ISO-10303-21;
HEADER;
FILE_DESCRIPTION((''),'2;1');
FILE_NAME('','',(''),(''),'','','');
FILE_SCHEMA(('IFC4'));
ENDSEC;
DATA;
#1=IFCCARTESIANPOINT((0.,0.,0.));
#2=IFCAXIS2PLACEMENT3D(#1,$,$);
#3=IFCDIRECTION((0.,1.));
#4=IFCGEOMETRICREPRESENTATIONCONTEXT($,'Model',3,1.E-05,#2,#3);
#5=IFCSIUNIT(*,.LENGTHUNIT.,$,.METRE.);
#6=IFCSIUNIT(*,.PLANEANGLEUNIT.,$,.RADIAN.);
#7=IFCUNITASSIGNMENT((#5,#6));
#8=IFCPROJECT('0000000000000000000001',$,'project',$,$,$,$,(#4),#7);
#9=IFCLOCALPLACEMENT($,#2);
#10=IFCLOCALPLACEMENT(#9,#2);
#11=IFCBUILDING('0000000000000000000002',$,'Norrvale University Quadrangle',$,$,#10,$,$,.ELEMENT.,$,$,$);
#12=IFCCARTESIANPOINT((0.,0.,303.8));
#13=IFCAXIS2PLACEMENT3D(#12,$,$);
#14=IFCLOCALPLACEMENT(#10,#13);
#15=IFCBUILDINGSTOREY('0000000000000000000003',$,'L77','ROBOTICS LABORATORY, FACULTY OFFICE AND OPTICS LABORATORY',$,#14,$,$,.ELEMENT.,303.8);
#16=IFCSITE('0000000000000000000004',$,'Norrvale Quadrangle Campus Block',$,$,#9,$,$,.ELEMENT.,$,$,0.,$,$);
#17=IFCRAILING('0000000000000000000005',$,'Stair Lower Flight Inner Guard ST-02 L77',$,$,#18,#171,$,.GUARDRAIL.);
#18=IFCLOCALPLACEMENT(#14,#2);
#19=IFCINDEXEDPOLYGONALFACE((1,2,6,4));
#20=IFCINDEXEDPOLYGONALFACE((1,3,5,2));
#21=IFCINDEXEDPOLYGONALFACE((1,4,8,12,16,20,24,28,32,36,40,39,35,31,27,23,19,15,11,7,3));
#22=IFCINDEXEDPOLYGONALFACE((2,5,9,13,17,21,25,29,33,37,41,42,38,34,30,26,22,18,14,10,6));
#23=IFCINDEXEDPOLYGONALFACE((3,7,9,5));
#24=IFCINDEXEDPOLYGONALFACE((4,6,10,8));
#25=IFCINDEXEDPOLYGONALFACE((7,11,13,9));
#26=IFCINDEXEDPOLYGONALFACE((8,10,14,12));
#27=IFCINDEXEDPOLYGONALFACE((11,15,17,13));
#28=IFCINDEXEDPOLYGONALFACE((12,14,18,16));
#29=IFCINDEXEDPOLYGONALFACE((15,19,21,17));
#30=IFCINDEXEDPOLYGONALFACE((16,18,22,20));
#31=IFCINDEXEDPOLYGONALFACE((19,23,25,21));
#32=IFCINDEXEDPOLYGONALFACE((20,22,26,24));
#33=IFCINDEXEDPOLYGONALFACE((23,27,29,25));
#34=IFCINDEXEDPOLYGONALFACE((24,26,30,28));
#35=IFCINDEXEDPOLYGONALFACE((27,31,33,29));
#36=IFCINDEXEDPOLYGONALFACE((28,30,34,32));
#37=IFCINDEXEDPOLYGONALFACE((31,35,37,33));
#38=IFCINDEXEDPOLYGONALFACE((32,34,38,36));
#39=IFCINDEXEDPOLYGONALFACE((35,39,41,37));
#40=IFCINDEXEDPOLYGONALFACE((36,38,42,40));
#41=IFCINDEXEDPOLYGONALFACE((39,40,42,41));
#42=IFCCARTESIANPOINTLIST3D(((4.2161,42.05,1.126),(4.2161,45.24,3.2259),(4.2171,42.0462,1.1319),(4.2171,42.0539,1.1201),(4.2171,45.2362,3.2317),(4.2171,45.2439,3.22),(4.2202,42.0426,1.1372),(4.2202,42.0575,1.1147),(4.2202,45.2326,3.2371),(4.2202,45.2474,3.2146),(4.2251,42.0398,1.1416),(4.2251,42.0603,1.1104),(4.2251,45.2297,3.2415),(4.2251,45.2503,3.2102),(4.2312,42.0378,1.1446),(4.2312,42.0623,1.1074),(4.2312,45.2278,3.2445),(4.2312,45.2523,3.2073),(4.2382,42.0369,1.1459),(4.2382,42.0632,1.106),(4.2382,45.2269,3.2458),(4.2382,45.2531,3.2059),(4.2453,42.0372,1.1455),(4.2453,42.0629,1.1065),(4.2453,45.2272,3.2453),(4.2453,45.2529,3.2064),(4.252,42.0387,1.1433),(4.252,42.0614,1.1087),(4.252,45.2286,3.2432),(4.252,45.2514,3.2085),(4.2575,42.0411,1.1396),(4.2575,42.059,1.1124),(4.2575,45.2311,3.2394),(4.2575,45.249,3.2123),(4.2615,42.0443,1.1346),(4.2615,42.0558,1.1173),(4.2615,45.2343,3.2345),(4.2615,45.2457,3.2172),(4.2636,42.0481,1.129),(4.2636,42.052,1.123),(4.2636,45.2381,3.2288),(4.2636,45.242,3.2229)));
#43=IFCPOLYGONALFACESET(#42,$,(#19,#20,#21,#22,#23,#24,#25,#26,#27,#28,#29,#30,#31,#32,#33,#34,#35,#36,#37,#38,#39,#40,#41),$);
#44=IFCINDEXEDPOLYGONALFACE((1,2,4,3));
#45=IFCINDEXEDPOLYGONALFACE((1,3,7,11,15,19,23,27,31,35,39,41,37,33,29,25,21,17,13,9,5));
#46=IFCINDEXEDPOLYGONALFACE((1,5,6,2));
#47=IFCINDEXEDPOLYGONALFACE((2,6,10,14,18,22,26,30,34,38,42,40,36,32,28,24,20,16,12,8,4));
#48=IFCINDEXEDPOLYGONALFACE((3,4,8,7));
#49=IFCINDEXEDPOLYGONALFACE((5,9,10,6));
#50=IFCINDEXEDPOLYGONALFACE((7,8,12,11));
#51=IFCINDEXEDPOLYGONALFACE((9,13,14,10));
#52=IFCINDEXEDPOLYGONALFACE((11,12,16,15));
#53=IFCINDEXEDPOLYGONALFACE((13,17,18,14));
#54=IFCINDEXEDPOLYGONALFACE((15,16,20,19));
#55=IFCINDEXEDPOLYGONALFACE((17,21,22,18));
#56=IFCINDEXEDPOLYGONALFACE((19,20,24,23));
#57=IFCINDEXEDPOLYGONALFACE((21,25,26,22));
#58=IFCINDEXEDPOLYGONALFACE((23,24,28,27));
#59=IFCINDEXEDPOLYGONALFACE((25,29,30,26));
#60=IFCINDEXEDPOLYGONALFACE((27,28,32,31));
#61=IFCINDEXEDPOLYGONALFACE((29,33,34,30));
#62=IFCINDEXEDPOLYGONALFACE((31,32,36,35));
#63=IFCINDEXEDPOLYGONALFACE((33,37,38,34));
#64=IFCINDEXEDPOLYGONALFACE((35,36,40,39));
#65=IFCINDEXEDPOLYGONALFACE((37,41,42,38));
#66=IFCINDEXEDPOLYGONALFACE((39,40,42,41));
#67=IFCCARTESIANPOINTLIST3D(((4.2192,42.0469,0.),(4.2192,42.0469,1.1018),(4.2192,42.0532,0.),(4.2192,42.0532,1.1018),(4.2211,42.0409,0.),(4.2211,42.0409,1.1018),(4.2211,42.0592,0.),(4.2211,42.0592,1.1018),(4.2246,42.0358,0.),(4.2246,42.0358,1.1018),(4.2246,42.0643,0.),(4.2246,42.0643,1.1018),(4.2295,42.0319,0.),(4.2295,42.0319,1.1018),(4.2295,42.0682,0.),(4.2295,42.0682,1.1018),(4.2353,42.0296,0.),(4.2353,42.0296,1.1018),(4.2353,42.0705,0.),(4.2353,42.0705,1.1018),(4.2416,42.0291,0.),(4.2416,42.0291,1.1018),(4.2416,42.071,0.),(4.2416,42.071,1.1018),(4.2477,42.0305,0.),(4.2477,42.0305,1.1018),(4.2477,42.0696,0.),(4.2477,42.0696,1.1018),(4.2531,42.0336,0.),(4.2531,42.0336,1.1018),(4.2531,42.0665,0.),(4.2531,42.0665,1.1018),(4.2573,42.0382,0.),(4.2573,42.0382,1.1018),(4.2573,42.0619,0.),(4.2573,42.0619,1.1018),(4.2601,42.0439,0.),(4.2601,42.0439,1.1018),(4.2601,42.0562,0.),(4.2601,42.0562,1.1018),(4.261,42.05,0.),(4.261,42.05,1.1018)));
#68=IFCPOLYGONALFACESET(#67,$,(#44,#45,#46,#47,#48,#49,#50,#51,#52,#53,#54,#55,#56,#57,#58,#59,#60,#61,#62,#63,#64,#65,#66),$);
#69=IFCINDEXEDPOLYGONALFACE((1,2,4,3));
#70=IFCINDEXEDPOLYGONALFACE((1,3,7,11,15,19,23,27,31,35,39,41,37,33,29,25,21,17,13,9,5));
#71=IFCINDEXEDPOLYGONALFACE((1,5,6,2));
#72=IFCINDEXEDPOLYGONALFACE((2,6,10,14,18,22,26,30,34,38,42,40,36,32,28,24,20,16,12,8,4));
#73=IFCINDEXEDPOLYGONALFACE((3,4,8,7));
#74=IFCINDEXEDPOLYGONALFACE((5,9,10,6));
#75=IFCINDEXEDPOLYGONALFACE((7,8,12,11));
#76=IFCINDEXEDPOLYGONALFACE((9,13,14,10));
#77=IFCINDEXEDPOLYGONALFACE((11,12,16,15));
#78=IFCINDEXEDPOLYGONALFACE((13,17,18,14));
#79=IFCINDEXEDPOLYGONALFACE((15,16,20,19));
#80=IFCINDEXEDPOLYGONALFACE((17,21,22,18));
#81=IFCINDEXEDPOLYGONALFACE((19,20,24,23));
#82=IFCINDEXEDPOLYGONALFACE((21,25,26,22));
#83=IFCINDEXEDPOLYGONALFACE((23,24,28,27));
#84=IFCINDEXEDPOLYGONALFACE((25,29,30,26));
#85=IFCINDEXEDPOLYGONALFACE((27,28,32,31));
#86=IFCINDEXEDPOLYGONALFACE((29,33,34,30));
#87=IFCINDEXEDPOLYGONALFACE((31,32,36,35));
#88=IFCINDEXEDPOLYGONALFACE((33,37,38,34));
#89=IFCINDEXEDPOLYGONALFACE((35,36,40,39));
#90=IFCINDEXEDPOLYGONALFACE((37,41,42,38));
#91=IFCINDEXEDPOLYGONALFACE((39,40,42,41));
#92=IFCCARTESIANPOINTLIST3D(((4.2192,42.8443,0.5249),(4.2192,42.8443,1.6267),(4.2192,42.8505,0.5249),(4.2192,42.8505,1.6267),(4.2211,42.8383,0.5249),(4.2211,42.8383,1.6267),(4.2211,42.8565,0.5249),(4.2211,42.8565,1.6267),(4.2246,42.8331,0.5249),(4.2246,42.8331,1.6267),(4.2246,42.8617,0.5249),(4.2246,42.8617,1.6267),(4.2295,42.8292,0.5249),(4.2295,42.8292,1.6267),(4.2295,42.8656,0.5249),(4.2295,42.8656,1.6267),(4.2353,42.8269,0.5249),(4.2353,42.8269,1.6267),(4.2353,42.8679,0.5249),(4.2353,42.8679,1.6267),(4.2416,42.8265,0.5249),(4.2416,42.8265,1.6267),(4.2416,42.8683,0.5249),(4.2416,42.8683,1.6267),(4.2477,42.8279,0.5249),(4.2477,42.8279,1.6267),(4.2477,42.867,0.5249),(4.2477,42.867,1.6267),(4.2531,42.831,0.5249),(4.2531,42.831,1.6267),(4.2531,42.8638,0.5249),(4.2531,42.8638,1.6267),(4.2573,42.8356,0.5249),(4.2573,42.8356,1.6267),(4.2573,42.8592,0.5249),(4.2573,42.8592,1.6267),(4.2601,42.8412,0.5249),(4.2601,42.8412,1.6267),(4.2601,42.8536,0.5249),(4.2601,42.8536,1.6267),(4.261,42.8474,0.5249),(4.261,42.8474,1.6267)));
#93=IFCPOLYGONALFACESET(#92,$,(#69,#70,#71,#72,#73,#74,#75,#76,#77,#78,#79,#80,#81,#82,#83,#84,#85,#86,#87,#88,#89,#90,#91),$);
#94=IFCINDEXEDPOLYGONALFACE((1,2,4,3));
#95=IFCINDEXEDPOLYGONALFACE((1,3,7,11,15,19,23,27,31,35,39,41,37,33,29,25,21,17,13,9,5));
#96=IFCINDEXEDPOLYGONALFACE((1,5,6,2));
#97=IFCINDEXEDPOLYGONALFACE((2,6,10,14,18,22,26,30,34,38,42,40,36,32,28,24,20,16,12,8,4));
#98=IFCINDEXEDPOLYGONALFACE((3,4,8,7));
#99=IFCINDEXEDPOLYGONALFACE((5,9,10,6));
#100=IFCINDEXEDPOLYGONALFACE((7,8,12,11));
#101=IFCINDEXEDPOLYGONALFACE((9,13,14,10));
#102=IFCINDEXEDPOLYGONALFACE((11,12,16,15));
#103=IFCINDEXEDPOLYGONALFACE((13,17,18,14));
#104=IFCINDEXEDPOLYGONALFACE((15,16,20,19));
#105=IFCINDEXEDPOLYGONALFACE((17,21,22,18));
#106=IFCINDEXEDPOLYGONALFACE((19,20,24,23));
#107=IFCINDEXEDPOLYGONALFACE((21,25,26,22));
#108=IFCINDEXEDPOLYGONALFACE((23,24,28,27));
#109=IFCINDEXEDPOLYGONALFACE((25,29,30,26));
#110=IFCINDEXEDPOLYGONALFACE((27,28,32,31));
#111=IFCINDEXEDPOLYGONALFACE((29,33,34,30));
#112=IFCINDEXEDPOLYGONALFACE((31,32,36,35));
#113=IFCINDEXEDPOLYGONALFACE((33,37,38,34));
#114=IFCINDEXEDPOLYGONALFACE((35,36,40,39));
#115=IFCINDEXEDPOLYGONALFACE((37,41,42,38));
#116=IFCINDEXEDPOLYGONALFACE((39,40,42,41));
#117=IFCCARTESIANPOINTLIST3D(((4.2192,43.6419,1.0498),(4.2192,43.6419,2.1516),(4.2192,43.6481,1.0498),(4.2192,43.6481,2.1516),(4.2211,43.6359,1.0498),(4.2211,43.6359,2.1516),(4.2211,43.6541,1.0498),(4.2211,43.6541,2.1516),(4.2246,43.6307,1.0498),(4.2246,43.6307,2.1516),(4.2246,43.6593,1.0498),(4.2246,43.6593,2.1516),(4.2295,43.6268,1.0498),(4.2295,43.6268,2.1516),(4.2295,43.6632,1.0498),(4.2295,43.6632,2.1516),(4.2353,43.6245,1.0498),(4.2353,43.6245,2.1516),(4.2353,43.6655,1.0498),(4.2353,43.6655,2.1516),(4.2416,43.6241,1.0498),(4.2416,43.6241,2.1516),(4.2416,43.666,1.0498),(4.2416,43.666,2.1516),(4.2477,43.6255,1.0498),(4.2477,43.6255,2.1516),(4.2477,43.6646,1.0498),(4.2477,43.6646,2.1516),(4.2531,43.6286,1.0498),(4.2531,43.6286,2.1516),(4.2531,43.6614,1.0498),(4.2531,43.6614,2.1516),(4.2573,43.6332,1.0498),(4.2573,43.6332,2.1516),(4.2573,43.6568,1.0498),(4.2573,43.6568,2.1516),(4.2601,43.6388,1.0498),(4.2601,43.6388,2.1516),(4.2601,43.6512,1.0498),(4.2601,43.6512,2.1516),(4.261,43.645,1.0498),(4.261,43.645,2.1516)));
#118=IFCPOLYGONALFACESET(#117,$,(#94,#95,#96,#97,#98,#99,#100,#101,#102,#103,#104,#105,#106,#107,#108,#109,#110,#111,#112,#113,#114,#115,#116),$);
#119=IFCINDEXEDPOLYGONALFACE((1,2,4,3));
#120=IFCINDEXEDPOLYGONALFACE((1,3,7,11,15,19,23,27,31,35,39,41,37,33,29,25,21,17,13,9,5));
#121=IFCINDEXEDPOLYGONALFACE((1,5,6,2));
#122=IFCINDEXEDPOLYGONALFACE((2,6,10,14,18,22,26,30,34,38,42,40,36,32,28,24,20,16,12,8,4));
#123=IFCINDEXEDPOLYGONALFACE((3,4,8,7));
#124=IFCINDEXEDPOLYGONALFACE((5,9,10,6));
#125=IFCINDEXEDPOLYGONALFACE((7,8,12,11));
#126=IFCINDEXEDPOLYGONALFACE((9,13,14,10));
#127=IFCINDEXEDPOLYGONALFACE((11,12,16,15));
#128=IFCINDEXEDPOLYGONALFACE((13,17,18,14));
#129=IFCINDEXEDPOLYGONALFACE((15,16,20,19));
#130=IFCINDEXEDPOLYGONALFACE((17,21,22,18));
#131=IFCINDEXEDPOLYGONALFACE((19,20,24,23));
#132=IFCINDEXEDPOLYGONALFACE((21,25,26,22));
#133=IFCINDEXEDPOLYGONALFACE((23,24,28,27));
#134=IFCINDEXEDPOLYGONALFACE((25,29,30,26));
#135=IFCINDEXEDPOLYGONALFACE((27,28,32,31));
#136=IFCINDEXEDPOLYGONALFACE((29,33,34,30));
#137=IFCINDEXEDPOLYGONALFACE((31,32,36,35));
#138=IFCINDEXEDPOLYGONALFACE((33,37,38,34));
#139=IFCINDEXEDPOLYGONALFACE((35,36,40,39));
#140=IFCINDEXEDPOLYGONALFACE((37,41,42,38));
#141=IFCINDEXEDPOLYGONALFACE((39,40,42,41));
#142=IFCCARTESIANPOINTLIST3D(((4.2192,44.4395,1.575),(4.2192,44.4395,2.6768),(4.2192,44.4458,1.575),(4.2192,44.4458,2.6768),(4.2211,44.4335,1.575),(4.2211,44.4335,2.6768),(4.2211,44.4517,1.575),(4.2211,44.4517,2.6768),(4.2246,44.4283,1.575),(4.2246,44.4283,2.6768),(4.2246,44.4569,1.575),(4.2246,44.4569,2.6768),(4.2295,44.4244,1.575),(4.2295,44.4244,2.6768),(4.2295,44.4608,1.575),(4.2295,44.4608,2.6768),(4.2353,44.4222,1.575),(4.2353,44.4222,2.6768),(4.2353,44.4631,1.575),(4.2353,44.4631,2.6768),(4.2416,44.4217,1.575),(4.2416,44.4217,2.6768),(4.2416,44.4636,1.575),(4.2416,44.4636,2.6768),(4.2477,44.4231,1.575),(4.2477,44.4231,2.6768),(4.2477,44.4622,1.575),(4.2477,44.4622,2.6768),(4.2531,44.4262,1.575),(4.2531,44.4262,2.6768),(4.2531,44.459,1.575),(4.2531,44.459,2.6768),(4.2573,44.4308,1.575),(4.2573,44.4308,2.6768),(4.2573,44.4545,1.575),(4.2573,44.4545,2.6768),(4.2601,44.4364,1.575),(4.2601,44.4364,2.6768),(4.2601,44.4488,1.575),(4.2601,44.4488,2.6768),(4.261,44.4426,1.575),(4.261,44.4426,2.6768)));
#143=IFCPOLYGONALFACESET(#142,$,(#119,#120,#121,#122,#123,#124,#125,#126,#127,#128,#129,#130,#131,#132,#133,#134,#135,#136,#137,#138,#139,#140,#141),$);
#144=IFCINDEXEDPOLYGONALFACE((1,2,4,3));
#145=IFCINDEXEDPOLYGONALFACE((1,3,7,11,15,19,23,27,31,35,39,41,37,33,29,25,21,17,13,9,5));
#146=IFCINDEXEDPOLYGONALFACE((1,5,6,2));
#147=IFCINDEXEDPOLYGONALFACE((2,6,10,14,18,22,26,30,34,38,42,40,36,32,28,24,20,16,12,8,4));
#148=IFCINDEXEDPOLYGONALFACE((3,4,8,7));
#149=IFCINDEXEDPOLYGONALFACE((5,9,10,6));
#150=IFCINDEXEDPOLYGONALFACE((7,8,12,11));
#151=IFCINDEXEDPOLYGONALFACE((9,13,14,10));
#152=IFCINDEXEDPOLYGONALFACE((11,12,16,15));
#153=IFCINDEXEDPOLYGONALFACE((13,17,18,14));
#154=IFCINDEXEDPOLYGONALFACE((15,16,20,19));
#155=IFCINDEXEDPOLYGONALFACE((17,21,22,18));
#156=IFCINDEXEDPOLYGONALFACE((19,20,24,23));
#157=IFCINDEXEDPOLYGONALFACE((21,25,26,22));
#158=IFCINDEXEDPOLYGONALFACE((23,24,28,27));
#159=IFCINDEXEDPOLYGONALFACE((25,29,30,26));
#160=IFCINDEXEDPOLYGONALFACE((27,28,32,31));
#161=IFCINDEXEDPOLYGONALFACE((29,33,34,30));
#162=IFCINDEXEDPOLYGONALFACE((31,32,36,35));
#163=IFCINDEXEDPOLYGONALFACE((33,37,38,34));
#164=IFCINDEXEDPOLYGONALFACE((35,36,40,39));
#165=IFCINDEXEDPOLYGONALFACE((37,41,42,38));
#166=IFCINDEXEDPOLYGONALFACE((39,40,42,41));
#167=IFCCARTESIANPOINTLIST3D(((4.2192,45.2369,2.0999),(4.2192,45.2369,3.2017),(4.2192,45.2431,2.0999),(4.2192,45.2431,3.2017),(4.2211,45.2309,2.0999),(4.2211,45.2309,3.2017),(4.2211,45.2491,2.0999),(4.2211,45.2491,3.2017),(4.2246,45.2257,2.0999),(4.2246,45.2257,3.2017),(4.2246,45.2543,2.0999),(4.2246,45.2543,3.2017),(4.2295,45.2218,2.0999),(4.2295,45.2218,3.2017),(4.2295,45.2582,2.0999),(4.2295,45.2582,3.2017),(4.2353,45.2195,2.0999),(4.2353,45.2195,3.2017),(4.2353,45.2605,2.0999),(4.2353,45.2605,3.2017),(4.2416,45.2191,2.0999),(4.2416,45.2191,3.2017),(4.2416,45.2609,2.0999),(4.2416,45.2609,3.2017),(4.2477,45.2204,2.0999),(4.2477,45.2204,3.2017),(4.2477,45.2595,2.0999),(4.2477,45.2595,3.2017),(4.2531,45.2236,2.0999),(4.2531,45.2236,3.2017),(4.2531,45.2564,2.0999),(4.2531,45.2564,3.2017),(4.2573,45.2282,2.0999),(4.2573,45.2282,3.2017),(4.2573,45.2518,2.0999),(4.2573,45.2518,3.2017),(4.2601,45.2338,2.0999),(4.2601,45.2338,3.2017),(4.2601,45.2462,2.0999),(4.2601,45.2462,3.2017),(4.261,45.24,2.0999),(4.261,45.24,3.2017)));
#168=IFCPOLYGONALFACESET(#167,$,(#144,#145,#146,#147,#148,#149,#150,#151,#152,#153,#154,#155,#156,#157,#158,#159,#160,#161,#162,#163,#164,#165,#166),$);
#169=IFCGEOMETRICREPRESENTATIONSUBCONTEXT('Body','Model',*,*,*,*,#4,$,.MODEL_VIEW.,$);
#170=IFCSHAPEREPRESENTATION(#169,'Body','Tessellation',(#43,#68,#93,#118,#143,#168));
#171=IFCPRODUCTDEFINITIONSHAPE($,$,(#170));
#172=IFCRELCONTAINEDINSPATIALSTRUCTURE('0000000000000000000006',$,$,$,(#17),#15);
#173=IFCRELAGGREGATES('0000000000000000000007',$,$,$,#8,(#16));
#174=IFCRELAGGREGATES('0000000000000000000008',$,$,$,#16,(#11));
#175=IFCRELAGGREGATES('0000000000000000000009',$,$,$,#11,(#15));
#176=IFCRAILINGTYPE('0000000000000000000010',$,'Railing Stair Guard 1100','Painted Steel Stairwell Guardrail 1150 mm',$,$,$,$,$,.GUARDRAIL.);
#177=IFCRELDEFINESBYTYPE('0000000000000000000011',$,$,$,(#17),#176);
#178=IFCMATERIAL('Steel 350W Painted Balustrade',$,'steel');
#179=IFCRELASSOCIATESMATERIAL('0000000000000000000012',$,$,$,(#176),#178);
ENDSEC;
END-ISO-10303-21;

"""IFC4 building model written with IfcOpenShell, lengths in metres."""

from ifc_helpers import new_model, si_unit, direction, frame, origin, origin_2d, place, context, subcontext, project, spatial, circle, extrude, material, type_object, element, save


model = new_model("IFC4")

# Units and contexts
model_context = context("Model", 3, precision=1e-05, world=origin(), true_north=direction((0.0, 1.0)))
body_context = subcontext(model_context, "Body", "Model", "MODEL_VIEW")
ifc_project = project(units=[si_unit("LENGTHUNIT", "METRE"), si_unit("PLANEANGLEUNIT", "RADIAN")], contexts=[model_context])

# Site, building, storey
site_placement = place(None, origin())
site = spatial("IfcSite", under=ifc_project, at=site_placement, Name="Norrvale Quadrangle Campus Block", CompositionType="ELEMENT", RefElevation=0.0)
building_placement = place(site_placement, origin())
building = spatial("IfcBuilding", under=site, at=building_placement, Name="Norrvale University Quadrangle", CompositionType="ELEMENT")
storey_placement = place(building_placement, frame((0.0, 0.0, 303.8)))
storey = spatial("IfcBuildingStorey", under=building, at=storey_placement, Name="L77", Description="ROBOTICS LABORATORY, FACULTY OFFICE AND OPTICS LABORATORY", CompositionType="ELEMENT", Elevation=303.8)

# Railing
ifc_material_1 = material(Name="Steel 350W Painted Balustrade", Category="steel")
railing_type_1 = type_object("IfcRailingType", Name="Railing Stair Guard 1100", Description="Painted Steel Stairwell Guardrail 1150 mm", PredefinedType="GUARDRAIL", material=ifc_material_1)
railing_1_placement = place(storey_placement, frame((4.24, 42.05, 0.0)))
element("IfcRailing", 1, at=railing_1_placement, inside=storey, type_object=railing_type_1, Name="Stair Lower Flight Inner Guard ST-02 L77", PredefinedType="GUARDRAIL", context=body_context, shape_type="SweptSolid", body=[
    extrude(circle(Radius=0.0239, at=origin_2d()), frame((0.0, 0.0, 1.126), z_axis=(0.0, 0.835272, 0.549837), x_axis=(-1.0, 0.0, 0.0)), (0.0, 0.0, 1.0), 3.8191),
    extrude(circle(Radius=0.021, at=origin_2d()), origin(), (0.0, 0.0, 1.0), 1.1018),
    extrude(circle(Radius=0.021, at=origin_2d()), frame((0.0, 0.7974, 0.5249)), (0.0, 0.0, 1.0), 1.1018),
    extrude(circle(Radius=0.021, at=origin_2d()), frame((0.0, 1.595, 1.0498)), (0.0, 0.0, 1.0), 1.1018),
    extrude(circle(Radius=0.021, at=origin_2d()), frame((0.0, 2.3926, 1.575)), (0.0, 0.0, 1.0), 1.1018),
    extrude(circle(Radius=0.021, at=origin_2d()), frame((0.0, 3.1899, 2.0999)), (0.0, 0.0, 1.0), 1.1018),
])

save(model, "model.ifc")
